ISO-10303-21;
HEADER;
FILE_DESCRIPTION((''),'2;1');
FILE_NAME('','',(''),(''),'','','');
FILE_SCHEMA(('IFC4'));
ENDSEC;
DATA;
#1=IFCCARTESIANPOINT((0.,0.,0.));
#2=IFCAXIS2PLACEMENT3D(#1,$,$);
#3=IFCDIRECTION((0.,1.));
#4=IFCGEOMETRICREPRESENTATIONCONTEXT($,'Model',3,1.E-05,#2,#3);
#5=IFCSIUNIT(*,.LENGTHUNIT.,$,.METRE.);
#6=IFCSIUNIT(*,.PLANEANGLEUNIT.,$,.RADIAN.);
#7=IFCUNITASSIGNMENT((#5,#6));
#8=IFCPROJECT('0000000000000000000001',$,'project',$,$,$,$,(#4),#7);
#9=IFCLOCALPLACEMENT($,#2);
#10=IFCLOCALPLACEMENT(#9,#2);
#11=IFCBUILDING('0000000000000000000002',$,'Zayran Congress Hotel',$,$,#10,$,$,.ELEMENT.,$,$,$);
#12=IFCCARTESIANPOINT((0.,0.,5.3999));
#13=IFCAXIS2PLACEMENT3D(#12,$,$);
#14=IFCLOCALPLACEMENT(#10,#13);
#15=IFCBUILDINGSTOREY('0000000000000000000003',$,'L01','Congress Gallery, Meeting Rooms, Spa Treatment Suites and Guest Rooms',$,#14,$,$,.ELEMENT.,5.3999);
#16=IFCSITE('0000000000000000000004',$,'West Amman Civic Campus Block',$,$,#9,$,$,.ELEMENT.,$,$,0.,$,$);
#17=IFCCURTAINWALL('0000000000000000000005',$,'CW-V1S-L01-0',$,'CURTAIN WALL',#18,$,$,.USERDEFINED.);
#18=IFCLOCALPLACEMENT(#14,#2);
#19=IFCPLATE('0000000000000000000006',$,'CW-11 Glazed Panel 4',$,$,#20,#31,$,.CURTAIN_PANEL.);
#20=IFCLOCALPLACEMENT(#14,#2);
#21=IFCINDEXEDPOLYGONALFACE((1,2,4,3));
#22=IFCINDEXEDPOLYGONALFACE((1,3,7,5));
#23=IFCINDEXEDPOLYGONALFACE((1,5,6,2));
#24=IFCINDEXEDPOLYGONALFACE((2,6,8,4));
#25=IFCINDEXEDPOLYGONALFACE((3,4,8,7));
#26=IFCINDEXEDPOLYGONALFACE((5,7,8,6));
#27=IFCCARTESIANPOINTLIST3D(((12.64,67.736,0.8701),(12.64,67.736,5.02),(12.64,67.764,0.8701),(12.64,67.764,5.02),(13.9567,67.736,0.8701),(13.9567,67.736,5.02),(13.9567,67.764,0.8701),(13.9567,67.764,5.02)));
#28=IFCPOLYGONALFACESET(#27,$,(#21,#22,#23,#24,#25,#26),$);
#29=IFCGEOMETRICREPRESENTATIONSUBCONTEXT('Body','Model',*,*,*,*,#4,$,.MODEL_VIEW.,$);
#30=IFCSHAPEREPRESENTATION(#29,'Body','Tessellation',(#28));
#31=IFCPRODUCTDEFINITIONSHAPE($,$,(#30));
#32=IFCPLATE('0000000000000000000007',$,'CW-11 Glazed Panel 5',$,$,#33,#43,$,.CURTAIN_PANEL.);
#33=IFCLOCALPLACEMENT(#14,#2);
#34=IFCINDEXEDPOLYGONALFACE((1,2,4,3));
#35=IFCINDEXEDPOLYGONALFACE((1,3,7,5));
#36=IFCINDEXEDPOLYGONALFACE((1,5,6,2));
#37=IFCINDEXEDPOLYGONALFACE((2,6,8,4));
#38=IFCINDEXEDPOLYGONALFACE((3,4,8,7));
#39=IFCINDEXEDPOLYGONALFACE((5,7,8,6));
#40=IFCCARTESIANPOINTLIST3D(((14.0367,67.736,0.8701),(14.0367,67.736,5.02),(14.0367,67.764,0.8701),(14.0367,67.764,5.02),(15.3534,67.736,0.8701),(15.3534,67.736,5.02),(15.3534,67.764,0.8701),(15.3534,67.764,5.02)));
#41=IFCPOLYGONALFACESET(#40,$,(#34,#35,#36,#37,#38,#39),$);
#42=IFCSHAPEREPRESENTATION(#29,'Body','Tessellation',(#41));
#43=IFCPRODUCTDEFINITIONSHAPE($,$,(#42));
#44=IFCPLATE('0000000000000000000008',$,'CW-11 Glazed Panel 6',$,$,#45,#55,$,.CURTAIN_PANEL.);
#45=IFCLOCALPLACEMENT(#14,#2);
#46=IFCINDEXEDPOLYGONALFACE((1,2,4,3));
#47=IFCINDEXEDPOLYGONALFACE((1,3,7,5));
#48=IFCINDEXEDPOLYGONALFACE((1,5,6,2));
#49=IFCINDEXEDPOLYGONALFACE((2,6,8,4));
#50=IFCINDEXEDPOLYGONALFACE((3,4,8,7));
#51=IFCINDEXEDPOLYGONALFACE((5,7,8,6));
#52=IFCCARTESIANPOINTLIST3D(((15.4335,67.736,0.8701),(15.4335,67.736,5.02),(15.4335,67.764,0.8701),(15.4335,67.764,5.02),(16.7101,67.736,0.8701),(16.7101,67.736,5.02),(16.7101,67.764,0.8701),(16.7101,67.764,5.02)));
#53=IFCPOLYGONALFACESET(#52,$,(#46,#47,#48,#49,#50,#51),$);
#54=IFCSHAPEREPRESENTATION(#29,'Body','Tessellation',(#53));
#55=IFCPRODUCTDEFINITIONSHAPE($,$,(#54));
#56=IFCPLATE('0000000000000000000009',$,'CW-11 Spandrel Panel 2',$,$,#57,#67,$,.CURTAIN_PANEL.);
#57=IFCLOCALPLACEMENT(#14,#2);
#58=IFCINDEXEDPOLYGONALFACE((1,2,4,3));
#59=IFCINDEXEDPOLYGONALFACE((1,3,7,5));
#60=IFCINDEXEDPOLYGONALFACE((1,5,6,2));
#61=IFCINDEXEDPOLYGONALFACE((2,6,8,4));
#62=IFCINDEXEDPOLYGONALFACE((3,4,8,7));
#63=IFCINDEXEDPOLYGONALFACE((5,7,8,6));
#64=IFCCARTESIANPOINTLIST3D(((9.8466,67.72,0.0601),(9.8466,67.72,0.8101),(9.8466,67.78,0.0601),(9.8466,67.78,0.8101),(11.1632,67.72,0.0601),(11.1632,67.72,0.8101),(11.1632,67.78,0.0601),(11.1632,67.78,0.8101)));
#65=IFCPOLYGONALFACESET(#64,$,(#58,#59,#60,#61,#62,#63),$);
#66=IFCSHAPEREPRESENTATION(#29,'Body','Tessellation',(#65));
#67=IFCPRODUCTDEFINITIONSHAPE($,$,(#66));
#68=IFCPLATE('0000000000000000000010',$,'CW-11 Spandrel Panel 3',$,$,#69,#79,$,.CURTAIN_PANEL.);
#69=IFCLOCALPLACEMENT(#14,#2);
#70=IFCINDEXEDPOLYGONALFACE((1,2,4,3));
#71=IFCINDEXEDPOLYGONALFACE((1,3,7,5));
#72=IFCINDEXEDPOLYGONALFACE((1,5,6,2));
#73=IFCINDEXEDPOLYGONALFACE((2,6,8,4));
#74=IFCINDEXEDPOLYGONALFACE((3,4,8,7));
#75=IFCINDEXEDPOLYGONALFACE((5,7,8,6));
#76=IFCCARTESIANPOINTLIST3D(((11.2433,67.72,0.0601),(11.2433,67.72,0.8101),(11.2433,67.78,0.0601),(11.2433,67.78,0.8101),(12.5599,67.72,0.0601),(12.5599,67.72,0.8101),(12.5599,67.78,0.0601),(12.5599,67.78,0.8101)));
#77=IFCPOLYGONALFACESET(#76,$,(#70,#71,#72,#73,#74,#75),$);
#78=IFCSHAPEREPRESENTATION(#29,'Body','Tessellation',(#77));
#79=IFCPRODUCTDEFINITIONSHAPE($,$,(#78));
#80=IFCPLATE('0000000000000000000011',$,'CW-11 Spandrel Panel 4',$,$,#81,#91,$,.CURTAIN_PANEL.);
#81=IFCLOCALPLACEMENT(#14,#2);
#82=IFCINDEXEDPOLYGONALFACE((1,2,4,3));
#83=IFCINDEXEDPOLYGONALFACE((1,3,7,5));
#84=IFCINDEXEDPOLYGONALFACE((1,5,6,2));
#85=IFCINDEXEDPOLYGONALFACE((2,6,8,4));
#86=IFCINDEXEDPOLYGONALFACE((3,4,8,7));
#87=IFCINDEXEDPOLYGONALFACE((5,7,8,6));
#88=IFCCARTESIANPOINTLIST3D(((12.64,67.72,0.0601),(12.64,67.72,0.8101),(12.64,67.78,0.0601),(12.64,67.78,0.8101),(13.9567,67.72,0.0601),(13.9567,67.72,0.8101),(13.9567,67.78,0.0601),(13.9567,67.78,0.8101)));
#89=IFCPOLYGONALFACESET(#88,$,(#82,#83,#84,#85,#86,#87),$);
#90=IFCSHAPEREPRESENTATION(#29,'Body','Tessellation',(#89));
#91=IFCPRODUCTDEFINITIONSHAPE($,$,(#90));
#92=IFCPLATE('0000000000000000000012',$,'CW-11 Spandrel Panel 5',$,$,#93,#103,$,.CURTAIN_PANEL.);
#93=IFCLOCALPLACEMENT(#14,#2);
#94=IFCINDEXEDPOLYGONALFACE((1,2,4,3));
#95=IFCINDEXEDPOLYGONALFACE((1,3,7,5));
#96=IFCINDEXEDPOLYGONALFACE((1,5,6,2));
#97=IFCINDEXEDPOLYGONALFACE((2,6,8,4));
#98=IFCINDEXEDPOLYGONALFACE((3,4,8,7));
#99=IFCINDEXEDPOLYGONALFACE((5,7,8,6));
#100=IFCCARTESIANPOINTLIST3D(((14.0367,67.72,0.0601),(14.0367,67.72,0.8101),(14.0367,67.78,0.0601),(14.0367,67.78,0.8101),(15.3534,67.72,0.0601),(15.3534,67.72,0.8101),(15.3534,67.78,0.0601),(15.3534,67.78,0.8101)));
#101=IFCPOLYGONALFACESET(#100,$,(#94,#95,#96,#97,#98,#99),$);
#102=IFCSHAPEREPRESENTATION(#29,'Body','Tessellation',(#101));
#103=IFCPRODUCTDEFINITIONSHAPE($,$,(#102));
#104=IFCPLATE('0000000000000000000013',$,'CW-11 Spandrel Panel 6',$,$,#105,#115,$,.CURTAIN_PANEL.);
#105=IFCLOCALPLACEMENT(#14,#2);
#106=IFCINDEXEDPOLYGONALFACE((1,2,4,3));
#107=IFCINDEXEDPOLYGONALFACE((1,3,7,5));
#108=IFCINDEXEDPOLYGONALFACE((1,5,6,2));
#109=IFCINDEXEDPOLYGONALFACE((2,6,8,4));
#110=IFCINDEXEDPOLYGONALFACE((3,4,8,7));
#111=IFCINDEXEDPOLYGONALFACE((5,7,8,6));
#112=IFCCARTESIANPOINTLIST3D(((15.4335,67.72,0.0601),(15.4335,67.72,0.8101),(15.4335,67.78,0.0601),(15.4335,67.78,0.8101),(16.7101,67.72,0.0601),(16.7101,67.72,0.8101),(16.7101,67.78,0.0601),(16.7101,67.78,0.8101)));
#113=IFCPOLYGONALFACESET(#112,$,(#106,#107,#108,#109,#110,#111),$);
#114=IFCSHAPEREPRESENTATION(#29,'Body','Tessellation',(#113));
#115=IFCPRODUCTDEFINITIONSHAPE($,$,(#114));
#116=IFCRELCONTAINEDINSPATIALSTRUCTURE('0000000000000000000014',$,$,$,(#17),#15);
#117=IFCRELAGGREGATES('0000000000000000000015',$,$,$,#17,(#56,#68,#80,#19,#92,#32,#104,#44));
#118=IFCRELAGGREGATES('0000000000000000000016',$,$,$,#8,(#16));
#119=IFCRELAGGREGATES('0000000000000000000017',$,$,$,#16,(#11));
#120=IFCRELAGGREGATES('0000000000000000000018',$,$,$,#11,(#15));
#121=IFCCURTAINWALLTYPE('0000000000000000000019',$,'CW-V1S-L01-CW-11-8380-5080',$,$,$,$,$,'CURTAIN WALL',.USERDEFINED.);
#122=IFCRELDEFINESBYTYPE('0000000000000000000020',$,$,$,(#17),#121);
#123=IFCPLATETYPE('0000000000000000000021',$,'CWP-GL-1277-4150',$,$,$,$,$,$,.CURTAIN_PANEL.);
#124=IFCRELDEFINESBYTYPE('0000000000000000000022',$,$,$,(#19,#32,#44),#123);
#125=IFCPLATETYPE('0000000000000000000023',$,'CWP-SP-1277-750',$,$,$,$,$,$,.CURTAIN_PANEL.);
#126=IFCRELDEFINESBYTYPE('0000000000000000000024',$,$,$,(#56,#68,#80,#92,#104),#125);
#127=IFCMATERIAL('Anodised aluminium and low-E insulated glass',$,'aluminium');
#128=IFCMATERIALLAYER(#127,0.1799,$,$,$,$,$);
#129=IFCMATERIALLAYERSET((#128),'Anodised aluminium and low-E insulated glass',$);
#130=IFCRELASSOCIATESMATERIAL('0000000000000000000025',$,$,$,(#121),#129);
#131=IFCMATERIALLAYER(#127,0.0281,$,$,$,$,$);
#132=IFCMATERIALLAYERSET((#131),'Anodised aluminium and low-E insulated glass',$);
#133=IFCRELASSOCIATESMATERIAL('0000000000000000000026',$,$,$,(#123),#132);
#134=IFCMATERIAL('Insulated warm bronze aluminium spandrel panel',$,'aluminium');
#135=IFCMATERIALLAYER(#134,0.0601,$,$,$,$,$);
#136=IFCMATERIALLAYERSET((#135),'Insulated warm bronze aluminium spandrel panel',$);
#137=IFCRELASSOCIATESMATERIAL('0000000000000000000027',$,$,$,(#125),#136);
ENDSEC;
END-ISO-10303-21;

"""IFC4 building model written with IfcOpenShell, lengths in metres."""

from ifc_helpers import new_model, si_unit, direction, frame, origin, origin_2d, place, context, subcontext, project, spatial, rectangle, extrude, material, layer, layer_set, type_object, element, aggregate, save


model = new_model("IFC4")

# Units and contexts
model_context = context("Model", 3, precision=1e-05, world=origin(), true_north=direction((0.0, 1.0)))
body_context = subcontext(model_context, "Body", "Model", "MODEL_VIEW")
ifc_project = project(units=[si_unit("LENGTHUNIT", "METRE"), si_unit("PLANEANGLEUNIT", "RADIAN")], contexts=[model_context])

# Site, building, storey
site_placement = place(None, origin())
site = spatial("IfcSite", under=ifc_project, at=site_placement, Name="West Amman Civic Campus Block", CompositionType="ELEMENT", RefElevation=0.0)
building_placement = place(site_placement, origin())
building = spatial("IfcBuilding", under=site, at=building_placement, Name="Zayran Congress Hotel", CompositionType="ELEMENT")
storey_placement = place(building_placement, frame((0.0, 0.0, 5.3999)))
storey = spatial("IfcBuildingStorey", under=building, at=storey_placement, Name="L01", Description="Congress Gallery, Meeting Rooms, Spa Treatment Suites and Guest Rooms", CompositionType="ELEMENT", Elevation=5.3999)

# Curtain wall, plates
ifc_material_1 = material(Name="Anodised aluminium and low-E insulated glass", Category="aluminium")
ifc_layer_1 = layer(ifc_material_1, 0.1799)
ifc_layer_set_1 = layer_set([ifc_layer_1], Name="Anodised aluminium and low-E insulated glass")
curtain_wall_type = type_object("IfcCurtainWallType", Name="CW-V1S-L01-CW-11-8380-5080", ElementType="CURTAIN WALL", PredefinedType="USERDEFINED", material=ifc_layer_set_1)
curtain_wall_placement = place(storey_placement, origin())
curtain_wall = element("IfcCurtainWall", 1, at=curtain_wall_placement, inside=storey, type_object=curtain_wall_type, Name="CW-V1S-L01-0", ObjectType="CURTAIN WALL", PredefinedType="USERDEFINED")
ifc_layer_2 = layer(ifc_material_1, 0.0281)
ifc_layer_set_2 = layer_set([ifc_layer_2], Name="Anodised aluminium and low-E insulated glass")
plate_type_1 = type_object("IfcPlateType", Name="CWP-GL-1277-4150", PredefinedType="CURTAIN_PANEL", material=ifc_layer_set_2)
plate_1_placement = place(storey_placement, frame((13.2983, 67.75, 0.8701), z_axis=(0.0, 0.0, 1.0), x_axis=(1.0, 0.0, 0.0)))
plate_1 = element("IfcPlate", 2, at=plate_1_placement, type_object=plate_type_1, Name="CW-11 Glazed Panel 4", PredefinedType="CURTAIN_PANEL", context=body_context, shape_type="SweptSolid", body=[
    extrude(rectangle(XDim=1.3167, YDim=0.0281, at=origin_2d()), origin(), (0.0, 0.0, 1.0), 4.1499),
])
plate_2_placement = place(storey_placement, frame((14.6951, 67.75, 0.8701), z_axis=(0.0, 0.0, 1.0), x_axis=(1.0, 0.0, 0.0)))
plate_2 = element("IfcPlate", 3, at=plate_2_placement, type_object=plate_type_1, Name="CW-11 Glazed Panel 5", PredefinedType="CURTAIN_PANEL", context=body_context, shape_type="SweptSolid", body=[
    extrude(rectangle(XDim=1.3167, YDim=0.0281, at=origin_2d()), origin(), (0.0, 0.0, 1.0), 4.1499),
])
plate_3_placement = place(storey_placement, frame((16.0718, 67.75, 0.8701), z_axis=(0.0, 0.0, 1.0), x_axis=(1.0, 0.0, 0.0)))
plate_3 = element("IfcPlate", 4, at=plate_3_placement, type_object=plate_type_1, Name="CW-11 Glazed Panel 6", PredefinedType="CURTAIN_PANEL", context=body_context, shape_type="SweptSolid", body=[
    extrude(rectangle(XDim=1.2766, YDim=0.0281, at=origin_2d()), origin(), (0.0, 0.0, 1.0), 4.1499),
])
ifc_material_2 = material(Name="Insulated warm bronze aluminium spandrel panel", Category="aluminium")
ifc_layer_3 = layer(ifc_material_2, 0.0601)
ifc_layer_set_3 = layer_set([ifc_layer_3], Name="Insulated warm bronze aluminium spandrel panel")
plate_type_2 = type_object("IfcPlateType", Name="CWP-SP-1277-750", PredefinedType="CURTAIN_PANEL", material=ifc_layer_set_3)
plate_4_placement = place(storey_placement, frame((10.5049, 67.75, 0.0601), z_axis=(0.0, 0.0, 1.0), x_axis=(1.0, 0.0, 0.0)))
plate_4 = element("IfcPlate", 5, at=plate_4_placement, type_object=plate_type_2, Name="CW-11 Spandrel Panel 2", PredefinedType="CURTAIN_PANEL", context=body_context, shape_type="SweptSolid", body=[
    extrude(rectangle(XDim=1.3167, YDim=0.0601, at=origin_2d()), origin(), (0.0, 0.0, 1.0), 0.75),
])
plate_5_placement = place(storey_placement, frame((11.9016, 67.75, 0.0601), z_axis=(0.0, 0.0, 1.0), x_axis=(1.0, 0.0, 0.0)))
plate_5 = element("IfcPlate", 6, at=plate_5_placement, type_object=plate_type_2, Name="CW-11 Spandrel Panel 3", PredefinedType="CURTAIN_PANEL", context=body_context, shape_type="SweptSolid", body=[
    extrude(rectangle(XDim=1.3167, YDim=0.0601, at=origin_2d()), origin(), (0.0, 0.0, 1.0), 0.75),
])
plate_6_placement = place(storey_placement, frame((13.2983, 67.75, 0.0601), z_axis=(0.0, 0.0, 1.0), x_axis=(1.0, 0.0, 0.0)))
plate_6 = element("IfcPlate", 7, at=plate_6_placement, type_object=plate_type_2, Name="CW-11 Spandrel Panel 4", PredefinedType="CURTAIN_PANEL", context=body_context, shape_type="SweptSolid", body=[
    extrude(rectangle(XDim=1.3167, YDim=0.0601, at=origin_2d()), origin(), (0.0, 0.0, 1.0), 0.75),
])
plate_7_placement = place(storey_placement, frame((14.6951, 67.75, 0.0601), z_axis=(0.0, 0.0, 1.0), x_axis=(1.0, 0.0, 0.0)))
plate_7 = element("IfcPlate", 8, at=plate_7_placement, type_object=plate_type_2, Name="CW-11 Spandrel Panel 5", PredefinedType="CURTAIN_PANEL", context=body_context, shape_type="SweptSolid", body=[
    extrude(rectangle(XDim=1.3167, YDim=0.0601, at=origin_2d()), origin(), (0.0, 0.0, 1.0), 0.75),
])
plate_8_placement = place(storey_placement, frame((16.0718, 67.75, 0.0601), z_axis=(0.0, 0.0, 1.0), x_axis=(1.0, 0.0, 0.0)))
plate_8 = element("IfcPlate", 9, at=plate_8_placement, type_object=plate_type_2, Name="CW-11 Spandrel Panel 6", PredefinedType="CURTAIN_PANEL", context=body_context, shape_type="SweptSolid", body=[
    extrude(rectangle(XDim=1.2766, YDim=0.0601, at=origin_2d()), origin(), (0.0, 0.0, 1.0), 0.75),
])
aggregate(curtain_wall, [plate_4, plate_5, plate_6, plate_1, plate_7, plate_2, plate_8, plate_3])

save(model, "model.ifc")
